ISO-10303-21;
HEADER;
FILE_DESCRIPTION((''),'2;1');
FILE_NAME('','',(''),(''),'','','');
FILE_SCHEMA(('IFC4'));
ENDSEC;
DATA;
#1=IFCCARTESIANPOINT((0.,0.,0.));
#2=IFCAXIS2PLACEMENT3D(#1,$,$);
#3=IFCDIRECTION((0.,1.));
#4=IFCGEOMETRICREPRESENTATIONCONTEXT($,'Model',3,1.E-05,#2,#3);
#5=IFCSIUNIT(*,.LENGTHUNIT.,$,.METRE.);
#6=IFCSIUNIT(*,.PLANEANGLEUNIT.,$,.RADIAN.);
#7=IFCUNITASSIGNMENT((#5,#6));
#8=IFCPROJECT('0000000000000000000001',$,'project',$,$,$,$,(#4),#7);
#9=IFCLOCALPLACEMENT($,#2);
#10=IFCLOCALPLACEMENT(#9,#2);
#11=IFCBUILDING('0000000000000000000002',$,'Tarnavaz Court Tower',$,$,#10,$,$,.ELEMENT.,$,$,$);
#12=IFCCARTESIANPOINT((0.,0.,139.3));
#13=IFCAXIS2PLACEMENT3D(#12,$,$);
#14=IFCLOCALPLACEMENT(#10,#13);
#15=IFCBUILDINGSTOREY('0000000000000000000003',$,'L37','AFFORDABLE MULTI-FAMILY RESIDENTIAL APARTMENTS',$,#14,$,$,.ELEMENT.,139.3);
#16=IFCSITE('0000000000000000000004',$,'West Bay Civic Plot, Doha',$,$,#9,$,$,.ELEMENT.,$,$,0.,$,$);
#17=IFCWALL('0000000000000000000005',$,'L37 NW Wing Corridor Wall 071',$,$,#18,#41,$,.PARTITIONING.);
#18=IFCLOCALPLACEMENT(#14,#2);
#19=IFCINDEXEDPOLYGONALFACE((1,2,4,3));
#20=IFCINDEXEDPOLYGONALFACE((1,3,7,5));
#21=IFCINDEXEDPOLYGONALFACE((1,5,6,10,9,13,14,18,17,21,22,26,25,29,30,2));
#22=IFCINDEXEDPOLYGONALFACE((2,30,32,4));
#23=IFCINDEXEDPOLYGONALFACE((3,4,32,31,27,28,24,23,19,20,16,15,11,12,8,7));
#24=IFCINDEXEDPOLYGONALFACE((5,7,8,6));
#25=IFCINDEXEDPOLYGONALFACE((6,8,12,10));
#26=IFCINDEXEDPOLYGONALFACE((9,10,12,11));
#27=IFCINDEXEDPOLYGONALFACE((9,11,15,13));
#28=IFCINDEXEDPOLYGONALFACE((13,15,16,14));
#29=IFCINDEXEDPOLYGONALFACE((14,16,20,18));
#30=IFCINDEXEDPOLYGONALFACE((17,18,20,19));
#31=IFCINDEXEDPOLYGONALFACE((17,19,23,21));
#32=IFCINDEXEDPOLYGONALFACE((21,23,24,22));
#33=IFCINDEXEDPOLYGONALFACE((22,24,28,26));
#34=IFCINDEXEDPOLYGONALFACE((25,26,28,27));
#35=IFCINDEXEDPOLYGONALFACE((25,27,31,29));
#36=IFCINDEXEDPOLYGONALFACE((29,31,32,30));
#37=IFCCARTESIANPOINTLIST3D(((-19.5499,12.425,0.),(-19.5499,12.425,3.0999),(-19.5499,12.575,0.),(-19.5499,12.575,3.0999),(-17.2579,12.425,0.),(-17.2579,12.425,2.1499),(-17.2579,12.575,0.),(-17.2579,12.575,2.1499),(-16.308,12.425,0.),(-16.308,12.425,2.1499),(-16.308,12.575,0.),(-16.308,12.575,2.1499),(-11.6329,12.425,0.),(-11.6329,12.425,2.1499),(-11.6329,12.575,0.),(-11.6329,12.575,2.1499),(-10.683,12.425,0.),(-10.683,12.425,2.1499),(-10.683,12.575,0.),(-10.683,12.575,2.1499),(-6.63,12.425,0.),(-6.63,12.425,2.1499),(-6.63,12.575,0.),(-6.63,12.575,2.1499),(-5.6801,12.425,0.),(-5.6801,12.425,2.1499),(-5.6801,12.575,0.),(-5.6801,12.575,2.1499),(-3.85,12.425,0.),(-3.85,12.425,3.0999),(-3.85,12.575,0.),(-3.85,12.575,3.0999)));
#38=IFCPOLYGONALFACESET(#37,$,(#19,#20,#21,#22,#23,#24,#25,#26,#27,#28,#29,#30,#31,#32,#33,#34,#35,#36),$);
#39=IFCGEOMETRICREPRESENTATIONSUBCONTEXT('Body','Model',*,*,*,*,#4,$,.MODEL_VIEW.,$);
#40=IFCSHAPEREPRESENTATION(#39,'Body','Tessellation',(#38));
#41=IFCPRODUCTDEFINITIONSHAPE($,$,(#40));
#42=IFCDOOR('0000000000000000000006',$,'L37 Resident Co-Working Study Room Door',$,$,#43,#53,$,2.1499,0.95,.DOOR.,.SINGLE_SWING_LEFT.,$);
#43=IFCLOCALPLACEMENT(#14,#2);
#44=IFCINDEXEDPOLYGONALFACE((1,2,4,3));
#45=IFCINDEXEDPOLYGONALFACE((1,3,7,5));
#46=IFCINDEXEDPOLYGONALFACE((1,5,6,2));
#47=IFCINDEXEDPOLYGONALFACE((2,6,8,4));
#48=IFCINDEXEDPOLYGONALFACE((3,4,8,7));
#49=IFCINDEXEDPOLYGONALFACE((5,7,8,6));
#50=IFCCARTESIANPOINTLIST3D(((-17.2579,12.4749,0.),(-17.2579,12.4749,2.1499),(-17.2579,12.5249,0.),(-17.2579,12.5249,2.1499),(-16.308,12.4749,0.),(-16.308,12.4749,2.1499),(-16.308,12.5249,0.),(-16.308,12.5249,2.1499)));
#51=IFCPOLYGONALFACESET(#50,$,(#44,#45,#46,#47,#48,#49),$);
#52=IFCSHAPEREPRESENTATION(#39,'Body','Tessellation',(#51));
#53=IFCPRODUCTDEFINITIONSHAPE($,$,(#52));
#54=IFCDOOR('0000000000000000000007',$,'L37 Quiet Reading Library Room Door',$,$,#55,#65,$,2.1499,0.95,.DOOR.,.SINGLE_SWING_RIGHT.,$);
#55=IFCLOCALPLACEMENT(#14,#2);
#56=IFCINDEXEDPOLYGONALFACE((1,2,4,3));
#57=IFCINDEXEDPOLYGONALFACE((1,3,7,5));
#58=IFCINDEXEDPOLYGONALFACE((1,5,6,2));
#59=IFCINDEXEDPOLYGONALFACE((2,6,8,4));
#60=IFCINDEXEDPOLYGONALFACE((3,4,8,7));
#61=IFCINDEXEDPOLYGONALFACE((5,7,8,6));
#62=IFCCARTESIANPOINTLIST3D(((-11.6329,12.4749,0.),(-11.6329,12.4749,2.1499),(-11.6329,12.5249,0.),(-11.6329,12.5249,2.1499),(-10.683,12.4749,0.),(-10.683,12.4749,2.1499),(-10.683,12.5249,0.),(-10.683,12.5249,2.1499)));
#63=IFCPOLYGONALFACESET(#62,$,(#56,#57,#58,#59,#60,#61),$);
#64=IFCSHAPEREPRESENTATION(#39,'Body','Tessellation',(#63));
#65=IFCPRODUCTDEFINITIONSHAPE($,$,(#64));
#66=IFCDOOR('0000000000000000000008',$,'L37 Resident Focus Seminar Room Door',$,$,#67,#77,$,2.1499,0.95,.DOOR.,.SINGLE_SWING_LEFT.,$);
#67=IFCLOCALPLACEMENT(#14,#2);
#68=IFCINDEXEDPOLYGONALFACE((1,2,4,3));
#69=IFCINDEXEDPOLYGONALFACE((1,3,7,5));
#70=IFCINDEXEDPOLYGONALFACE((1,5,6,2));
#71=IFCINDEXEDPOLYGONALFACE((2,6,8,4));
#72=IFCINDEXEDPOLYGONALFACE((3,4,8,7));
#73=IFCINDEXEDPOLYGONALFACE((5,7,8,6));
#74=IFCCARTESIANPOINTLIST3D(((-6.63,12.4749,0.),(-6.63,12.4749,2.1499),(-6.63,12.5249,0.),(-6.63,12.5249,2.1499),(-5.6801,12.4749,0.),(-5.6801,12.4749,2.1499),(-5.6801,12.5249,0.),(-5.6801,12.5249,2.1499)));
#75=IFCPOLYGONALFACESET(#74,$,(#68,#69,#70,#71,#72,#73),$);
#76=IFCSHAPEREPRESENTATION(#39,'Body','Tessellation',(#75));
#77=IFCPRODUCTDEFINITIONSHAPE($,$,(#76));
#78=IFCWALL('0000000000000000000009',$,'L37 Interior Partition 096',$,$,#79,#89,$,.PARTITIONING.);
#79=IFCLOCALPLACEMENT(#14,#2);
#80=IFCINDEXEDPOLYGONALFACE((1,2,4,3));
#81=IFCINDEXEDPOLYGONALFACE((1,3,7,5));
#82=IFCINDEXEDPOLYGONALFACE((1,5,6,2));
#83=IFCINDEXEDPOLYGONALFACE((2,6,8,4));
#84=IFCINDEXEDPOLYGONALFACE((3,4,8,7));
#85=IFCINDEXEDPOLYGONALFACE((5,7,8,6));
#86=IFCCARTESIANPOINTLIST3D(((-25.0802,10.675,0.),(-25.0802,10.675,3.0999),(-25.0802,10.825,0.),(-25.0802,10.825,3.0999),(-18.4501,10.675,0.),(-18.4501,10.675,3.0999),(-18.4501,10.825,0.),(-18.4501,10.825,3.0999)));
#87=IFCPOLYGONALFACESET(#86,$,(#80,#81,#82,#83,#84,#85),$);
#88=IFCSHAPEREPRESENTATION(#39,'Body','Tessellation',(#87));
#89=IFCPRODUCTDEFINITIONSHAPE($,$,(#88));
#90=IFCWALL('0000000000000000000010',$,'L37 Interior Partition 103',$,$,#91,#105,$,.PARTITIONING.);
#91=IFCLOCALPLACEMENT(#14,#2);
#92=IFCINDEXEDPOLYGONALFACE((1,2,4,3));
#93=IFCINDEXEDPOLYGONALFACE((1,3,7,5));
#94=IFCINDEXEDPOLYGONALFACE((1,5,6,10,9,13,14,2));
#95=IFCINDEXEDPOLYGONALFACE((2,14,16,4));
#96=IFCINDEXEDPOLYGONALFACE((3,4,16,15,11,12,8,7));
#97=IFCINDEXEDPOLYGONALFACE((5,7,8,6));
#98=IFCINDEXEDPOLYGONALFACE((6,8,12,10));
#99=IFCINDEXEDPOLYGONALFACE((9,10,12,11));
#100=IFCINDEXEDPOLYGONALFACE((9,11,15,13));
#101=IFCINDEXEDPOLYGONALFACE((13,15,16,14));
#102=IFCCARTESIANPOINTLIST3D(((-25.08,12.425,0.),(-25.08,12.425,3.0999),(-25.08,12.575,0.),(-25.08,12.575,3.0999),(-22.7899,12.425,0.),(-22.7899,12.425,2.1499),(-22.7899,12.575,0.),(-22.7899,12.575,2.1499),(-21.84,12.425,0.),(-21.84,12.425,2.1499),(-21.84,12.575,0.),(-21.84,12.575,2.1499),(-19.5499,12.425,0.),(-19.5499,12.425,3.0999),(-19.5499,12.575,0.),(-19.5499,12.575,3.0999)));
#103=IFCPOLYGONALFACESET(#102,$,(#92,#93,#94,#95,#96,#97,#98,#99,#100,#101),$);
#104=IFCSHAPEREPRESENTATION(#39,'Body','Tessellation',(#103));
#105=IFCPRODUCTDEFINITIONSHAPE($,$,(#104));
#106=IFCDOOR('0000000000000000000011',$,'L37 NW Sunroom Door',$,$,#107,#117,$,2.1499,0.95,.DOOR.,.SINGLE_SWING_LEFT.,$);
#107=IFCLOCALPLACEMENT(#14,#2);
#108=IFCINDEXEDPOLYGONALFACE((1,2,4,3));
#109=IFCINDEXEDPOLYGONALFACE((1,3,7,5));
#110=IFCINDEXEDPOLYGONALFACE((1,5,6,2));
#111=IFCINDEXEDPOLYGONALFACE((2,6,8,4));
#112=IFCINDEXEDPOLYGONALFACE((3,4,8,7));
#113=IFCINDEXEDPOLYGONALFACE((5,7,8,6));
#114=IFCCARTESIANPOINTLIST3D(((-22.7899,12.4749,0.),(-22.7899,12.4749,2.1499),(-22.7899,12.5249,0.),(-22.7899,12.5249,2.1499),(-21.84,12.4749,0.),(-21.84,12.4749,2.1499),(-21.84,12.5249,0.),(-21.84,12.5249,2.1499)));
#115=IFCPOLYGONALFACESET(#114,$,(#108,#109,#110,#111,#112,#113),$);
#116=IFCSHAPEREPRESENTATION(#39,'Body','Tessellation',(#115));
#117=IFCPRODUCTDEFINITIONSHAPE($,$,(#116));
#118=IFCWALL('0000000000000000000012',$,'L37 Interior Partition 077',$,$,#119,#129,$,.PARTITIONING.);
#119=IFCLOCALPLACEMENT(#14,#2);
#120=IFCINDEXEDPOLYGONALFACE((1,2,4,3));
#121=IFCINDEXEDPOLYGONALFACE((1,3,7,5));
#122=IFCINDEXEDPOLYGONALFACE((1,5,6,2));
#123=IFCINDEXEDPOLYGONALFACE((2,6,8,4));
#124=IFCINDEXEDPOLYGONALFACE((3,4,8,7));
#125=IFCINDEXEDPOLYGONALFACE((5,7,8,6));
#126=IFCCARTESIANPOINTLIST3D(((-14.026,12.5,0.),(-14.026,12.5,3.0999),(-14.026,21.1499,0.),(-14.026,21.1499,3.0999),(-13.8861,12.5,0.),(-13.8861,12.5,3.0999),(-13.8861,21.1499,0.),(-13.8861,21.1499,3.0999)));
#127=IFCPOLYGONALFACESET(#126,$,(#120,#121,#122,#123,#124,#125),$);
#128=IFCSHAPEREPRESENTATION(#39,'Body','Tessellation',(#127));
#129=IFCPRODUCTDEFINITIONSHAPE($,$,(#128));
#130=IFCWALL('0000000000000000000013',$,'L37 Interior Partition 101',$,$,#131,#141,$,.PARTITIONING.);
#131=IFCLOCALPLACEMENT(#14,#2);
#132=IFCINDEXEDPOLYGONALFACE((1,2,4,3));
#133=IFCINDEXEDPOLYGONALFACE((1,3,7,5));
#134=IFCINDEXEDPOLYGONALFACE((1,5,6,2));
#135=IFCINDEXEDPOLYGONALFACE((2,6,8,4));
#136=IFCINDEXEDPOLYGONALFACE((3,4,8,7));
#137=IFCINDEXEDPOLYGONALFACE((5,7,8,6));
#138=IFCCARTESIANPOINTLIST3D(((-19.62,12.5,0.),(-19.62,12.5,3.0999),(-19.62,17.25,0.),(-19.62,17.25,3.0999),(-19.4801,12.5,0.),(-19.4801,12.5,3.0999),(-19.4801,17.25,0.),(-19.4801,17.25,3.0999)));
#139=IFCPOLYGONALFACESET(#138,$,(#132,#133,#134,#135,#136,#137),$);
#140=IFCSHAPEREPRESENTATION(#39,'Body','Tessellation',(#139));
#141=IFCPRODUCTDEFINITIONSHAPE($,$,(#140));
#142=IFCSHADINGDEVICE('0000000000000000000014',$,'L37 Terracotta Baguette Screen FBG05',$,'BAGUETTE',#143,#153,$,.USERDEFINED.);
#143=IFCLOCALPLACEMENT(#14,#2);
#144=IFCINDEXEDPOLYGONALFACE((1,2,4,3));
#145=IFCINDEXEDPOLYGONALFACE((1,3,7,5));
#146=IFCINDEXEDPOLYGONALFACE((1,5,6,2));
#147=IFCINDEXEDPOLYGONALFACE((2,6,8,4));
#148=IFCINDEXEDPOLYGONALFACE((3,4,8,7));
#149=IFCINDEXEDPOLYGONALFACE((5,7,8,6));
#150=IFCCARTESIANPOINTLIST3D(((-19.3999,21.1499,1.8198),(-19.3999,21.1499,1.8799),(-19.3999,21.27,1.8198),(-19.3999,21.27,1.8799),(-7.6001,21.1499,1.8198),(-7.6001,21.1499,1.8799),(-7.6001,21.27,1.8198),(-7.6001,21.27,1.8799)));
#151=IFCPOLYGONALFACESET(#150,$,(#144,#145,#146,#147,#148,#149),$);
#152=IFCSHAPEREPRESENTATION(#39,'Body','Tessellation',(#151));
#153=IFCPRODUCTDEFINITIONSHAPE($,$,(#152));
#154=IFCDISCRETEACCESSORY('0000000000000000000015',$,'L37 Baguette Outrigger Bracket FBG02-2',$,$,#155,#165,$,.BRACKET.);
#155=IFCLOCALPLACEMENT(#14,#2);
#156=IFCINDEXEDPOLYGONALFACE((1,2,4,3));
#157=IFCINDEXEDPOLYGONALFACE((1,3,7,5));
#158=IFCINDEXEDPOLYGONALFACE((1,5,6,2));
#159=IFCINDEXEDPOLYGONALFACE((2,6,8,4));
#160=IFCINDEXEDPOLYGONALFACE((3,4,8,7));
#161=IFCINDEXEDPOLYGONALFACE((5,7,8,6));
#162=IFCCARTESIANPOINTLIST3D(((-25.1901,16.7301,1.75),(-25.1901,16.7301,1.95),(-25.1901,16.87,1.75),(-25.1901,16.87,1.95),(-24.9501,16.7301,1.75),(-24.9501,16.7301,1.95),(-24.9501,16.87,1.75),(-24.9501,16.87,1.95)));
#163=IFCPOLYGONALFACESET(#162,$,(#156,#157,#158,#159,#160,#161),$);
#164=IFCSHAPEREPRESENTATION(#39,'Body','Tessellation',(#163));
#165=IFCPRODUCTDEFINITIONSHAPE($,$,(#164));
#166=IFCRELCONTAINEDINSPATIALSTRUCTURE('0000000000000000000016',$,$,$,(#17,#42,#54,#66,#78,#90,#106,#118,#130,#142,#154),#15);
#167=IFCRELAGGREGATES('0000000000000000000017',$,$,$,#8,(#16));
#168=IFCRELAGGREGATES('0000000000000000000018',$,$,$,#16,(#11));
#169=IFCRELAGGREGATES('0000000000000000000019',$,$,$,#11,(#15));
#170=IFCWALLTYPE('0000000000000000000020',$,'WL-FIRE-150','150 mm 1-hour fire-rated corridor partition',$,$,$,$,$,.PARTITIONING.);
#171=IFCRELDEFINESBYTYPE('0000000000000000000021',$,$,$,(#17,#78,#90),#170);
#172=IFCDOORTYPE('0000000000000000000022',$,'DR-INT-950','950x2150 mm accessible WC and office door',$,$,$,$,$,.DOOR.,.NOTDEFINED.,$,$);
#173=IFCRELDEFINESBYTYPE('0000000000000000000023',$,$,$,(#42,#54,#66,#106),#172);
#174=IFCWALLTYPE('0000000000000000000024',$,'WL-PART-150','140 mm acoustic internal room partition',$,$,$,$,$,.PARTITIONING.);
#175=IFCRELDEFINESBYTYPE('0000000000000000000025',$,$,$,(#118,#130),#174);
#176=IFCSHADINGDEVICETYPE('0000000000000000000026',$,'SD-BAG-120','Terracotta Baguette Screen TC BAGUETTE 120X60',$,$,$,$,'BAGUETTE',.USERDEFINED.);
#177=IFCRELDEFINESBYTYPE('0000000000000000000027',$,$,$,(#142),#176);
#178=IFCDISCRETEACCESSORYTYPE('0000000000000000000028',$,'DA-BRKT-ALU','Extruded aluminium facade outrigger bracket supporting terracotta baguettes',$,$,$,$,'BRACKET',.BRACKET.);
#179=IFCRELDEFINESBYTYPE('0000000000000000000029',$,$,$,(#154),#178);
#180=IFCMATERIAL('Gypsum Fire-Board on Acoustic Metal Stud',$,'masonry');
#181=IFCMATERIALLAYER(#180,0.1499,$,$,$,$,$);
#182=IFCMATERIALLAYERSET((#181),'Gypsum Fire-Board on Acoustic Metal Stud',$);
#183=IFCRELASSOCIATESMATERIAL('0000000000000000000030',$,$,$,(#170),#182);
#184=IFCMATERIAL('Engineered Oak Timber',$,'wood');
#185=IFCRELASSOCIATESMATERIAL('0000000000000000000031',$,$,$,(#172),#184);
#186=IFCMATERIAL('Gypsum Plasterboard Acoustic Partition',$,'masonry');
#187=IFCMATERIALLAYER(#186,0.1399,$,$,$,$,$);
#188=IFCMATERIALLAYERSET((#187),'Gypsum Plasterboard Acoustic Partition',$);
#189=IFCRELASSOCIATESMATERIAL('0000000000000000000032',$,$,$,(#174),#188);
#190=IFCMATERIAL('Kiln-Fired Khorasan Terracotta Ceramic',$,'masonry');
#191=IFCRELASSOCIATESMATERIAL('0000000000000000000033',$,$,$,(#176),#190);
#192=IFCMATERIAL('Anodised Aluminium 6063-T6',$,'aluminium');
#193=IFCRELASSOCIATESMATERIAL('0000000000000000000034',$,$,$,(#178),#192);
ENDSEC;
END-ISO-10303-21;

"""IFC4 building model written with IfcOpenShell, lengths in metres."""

from ifc_helpers import new_model, si_unit, direction, frame, frame_2d, origin, origin_2d, place, context, subcontext, project, spatial, rectangle, extrude, material, layer, layer_set, material_profile, profile_set, type_object, element, fill, save


model = new_model("IFC4")

# Units and contexts
model_context = context("Model", 3, precision=1e-05, world=origin(), true_north=direction((0.0, 1.0)))
body_context = subcontext(model_context, "Body", "Model", "MODEL_VIEW")
ifc_project = project(units=[si_unit("LENGTHUNIT", "METRE"), si_unit("PLANEANGLEUNIT", "RADIAN")], contexts=[model_context])

# Site, building, storey
site_placement = place(None, origin())
site = spatial("IfcSite", under=ifc_project, at=site_placement, Name="West Bay Civic Plot, Doha", CompositionType="ELEMENT", RefElevation=0.0)
building_placement = place(site_placement, origin())
building = spatial("IfcBuilding", under=site, at=building_placement, Name="Tarnavaz Court Tower", CompositionType="ELEMENT")
storey_placement = place(building_placement, frame((0.0, 0.0, 139.3)))
storey = spatial("IfcBuildingStorey", under=building, at=storey_placement, Name="L37", Description="AFFORDABLE MULTI-FAMILY RESIDENTIAL APARTMENTS", CompositionType="ELEMENT", Elevation=139.3)

# Wall, openings, doors
ifc_material_1 = material(Name="Gypsum Fire-Board on Acoustic Metal Stud", Category="masonry")
ifc_layer_1 = layer(ifc_material_1, 0.1499)
ifc_layer_set_1 = layer_set([ifc_layer_1], Name="Gypsum Fire-Board on Acoustic Metal Stud")
wall_type_1 = type_object("IfcWallType", Name="WL-FIRE-150", Description="150 mm 1-hour fire-rated corridor partition", PredefinedType="PARTITIONING", material=ifc_layer_set_1)
wall_1_placement = place(storey_placement, frame((-19.55, 12.5, 0.0), z_axis=(0.0, 0.0, 1.0), x_axis=(1.0, 0.0, 0.0)))
wall_1 = element("IfcWall", 1, at=wall_1_placement, inside=storey, type_object=wall_type_1, Name="L37 NW Wing Corridor Wall 071", PredefinedType="PARTITIONING", context=body_context, shape_type="SweptSolid", body=[
    extrude(rectangle(XDim=15.7, YDim=0.1499, at=frame_2d((7.8501, 0.0))), origin(), (0.0, 0.0, 1.0), 3.0999),
])
opening_1_placement = place(wall_1_placement, frame((2.292, 0.0, 0.0)))
opening_1 = element("IfcOpeningElement", 2, at=opening_1_placement, cuts=wall_1, PredefinedType="OPENING", context=body_context, shape_type="SweptSolid", body=[
    extrude(rectangle(XDim=0.95, YDim=2.1499, at=frame_2d((0.4751, 1.075))), frame((0.0, 0.085, 0.0), z_axis=(0.0, -1.0, 0.0), x_axis=(1.0, 0.0, 0.0)), (0.0, 0.0, 1.0), 0.1699),
])
opening_2_placement = place(wall_1_placement, frame((7.917, 0.0, 0.0)))
opening_2 = element("IfcOpeningElement", 3, at=opening_2_placement, cuts=wall_1, PredefinedType="OPENING", context=body_context, shape_type="SweptSolid", body=[
    extrude(rectangle(XDim=0.95, YDim=2.1499, at=frame_2d((0.4751, 1.075))), frame((0.0, 0.085, 0.0), z_axis=(0.0, -1.0, 0.0), x_axis=(1.0, 0.0, 0.0)), (0.0, 0.0, 1.0), 0.1699),
])
opening_3_placement = place(wall_1_placement, frame((12.9199, 0.0, 0.0)))
opening_3 = element("IfcOpeningElement", 4, at=opening_3_placement, cuts=wall_1, PredefinedType="OPENING", context=body_context, shape_type="SweptSolid", body=[
    extrude(rectangle(XDim=0.95, YDim=2.1499, at=frame_2d((0.4751, 1.075))), frame((0.0, 0.085, 0.0), z_axis=(0.0, -1.0, 0.0), x_axis=(1.0, 0.0, 0.0)), (0.0, 0.0, 1.0), 0.1699),
])
ifc_material_2 = material(Name="Engineered Oak Timber", Category="wood")
door_type = type_object("IfcDoorType", Name="DR-INT-950", Description="950x2150 mm accessible WC and office door", OperationType="NOTDEFINED", PredefinedType="DOOR", material=ifc_material_2)
door_1_placement = place(opening_1_placement, origin())
door_1 = element("IfcDoor", 5, at=door_1_placement, inside=storey, type_object=door_type, Name="L37 Resident Co-Working Study Room Door", OperationType="SINGLE_SWING_LEFT", OverallHeight=2.1499, OverallWidth=0.95, PredefinedType="DOOR", context=body_context, shape_type="SweptSolid", body=[
    extrude(rectangle(XDim=0.95, YDim=2.1499, at=frame_2d((0.4751, 1.075))), frame((0.0, 0.0249, 0.0), z_axis=(0.0, -1.0, 0.0), x_axis=(1.0, 0.0, 0.0)), (0.0, 0.0, 1.0), 0.05),
])
fill(opening_1, door_1)
door_2_placement = place(opening_2_placement, origin())
door_2 = element("IfcDoor", 6, at=door_2_placement, inside=storey, type_object=door_type, Name="L37 Quiet Reading Library Room Door", OperationType="SINGLE_SWING_RIGHT", OverallHeight=2.1499, OverallWidth=0.95, PredefinedType="DOOR", context=body_context, shape_type="SweptSolid", body=[
    extrude(rectangle(XDim=0.95, YDim=2.1499, at=frame_2d((0.4751, 1.075))), frame((0.0, 0.0249, 0.0), z_axis=(0.0, -1.0, 0.0), x_axis=(1.0, 0.0, 0.0)), (0.0, 0.0, 1.0), 0.05),
])
fill(opening_2, door_2)
door_3_placement = place(opening_3_placement, origin())
door_3 = element("IfcDoor", 7, at=door_3_placement, inside=storey, type_object=door_type, Name="L37 Resident Focus Seminar Room Door", OperationType="SINGLE_SWING_LEFT", OverallHeight=2.1499, OverallWidth=0.95, PredefinedType="DOOR", context=body_context, shape_type="SweptSolid", body=[
    extrude(rectangle(XDim=0.95, YDim=2.1499, at=frame_2d((0.4751, 1.075))), frame((0.0, 0.0249, 0.0), z_axis=(0.0, -1.0, 0.0), x_axis=(1.0, 0.0, 0.0)), (0.0, 0.0, 1.0), 0.05),
])
fill(opening_3, door_3)

# Wall
wall_2_placement = place(storey_placement, frame((-25.0801, 10.75, 0.0), z_axis=(0.0, 0.0, 1.0), x_axis=(1.0, 0.0, 0.0)))
element("IfcWall", 8, at=wall_2_placement, inside=storey, type_object=wall_type_1, Name="L37 Interior Partition 096", PredefinedType="PARTITIONING", context=body_context, shape_type="SweptSolid", body=[
    extrude(rectangle(XDim=6.6301, YDim=0.1499, at=frame_2d((3.3149, 0.0))), origin(), (0.0, 0.0, 1.0), 3.0999),
])

# Wall, opening, door
wall_3_placement = place(storey_placement, frame((-25.0801, 12.5, 0.0), z_axis=(0.0, 0.0, 1.0), x_axis=(1.0, 0.0, 0.0)))
wall_3 = element("IfcWall", 9, at=wall_3_placement, inside=storey, type_object=wall_type_1, Name="L37 Interior Partition 103", PredefinedType="PARTITIONING", context=body_context, shape_type="SweptSolid", body=[
    extrude(rectangle(XDim=5.53, YDim=0.1499, at=frame_2d((2.7651, 0.0))), origin(), (0.0, 0.0, 1.0), 3.0999),
])
opening_4_placement = place(wall_3_placement, frame((2.29, 0.0, 0.0)))
opening_4 = element("IfcOpeningElement", 10, at=opening_4_placement, cuts=wall_3, PredefinedType="OPENING", context=body_context, shape_type="SweptSolid", body=[
    extrude(rectangle(XDim=0.95, YDim=2.1499, at=frame_2d((0.4751, 1.075))), frame((0.0, 0.085, 0.0), z_axis=(0.0, -1.0, 0.0), x_axis=(1.0, 0.0, 0.0)), (0.0, 0.0, 1.0), 0.1699),
])
door_4_placement = place(opening_4_placement, origin())
door_4 = element("IfcDoor", 11, at=door_4_placement, inside=storey, type_object=door_type, Name="L37 NW Sunroom Door", OperationType="SINGLE_SWING_LEFT", OverallHeight=2.1499, OverallWidth=0.95, PredefinedType="DOOR", context=body_context, shape_type="SweptSolid", body=[
    extrude(rectangle(XDim=0.95, YDim=2.1499, at=frame_2d((0.4751, 1.075))), frame((0.0, 0.0249, 0.0), z_axis=(0.0, -1.0, 0.0), x_axis=(1.0, 0.0, 0.0)), (0.0, 0.0, 1.0), 0.05),
])
fill(opening_4, door_4)

# Walls
ifc_material_3 = material(Name="Gypsum Plasterboard Acoustic Partition", Category="masonry")
ifc_layer_2 = layer(ifc_material_3, 0.1399)
ifc_layer_set_2 = layer_set([ifc_layer_2], Name="Gypsum Plasterboard Acoustic Partition")
wall_type_2 = type_object("IfcWallType", Name="WL-PART-150", Description="140 mm acoustic internal room partition", PredefinedType="PARTITIONING", material=ifc_layer_set_2)
wall_4_placement = place(storey_placement, frame((-13.9561, 12.5, 0.0), z_axis=(0.0, 0.0, 1.0), x_axis=(0.0, 1.0, 0.0)))
element("IfcWall", 12, at=wall_4_placement, inside=storey, type_object=wall_type_2, Name="L37 Interior Partition 077", PredefinedType="PARTITIONING", context=body_context, shape_type="SweptSolid", body=[
    extrude(rectangle(XDim=8.6499, YDim=0.1399, at=frame_2d((4.325, 0.0))), origin(), (0.0, 0.0, 1.0), 3.0999),
])
wall_5_placement = place(storey_placement, frame((-19.55, 12.5, 0.0), z_axis=(0.0, 0.0, 1.0), x_axis=(0.0, 1.0, 0.0)))
element("IfcWall", 13, at=wall_5_placement, inside=storey, type_object=wall_type_2, Name="L37 Interior Partition 101", PredefinedType="PARTITIONING", context=body_context, shape_type="SweptSolid", body=[
    extrude(rectangle(XDim=4.75, YDim=0.1399, at=frame_2d((2.375, 0.0))), origin(), (0.0, 0.0, 1.0), 3.0999),
])

# Shading device
ifc_material_4 = material(Name="Kiln-Fired Khorasan Terracotta Ceramic", Category="masonry")
ifc_material_profile_1 = material_profile(ifc_material_4, rectangle(XDim=0.1201, YDim=0.0601, at=origin_2d()), Name="TC BAGUETTE 120X60")
ifc_profile_set_1 = profile_set([ifc_material_profile_1], Name="Kiln-Fired Khorasan Terracotta Ceramic")
shading_device_type = type_object("IfcShadingDeviceType", Name="SD-BAG-120", Description="Terracotta Baguette Screen TC BAGUETTE 120X60", ElementType="BAGUETTE", PredefinedType="USERDEFINED", material=ifc_profile_set_1)
shading_device_placement = place(storey_placement, frame((-19.3999, 21.21, 1.8499), z_axis=(1.0, 0.0, 0.0), x_axis=(0.0, 1.0, 0.0)))
element("IfcShadingDevice", 14, at=shading_device_placement, inside=storey, type_object=shading_device_type, Name="L37 Terracotta Baguette Screen FBG05", ObjectType="BAGUETTE", PredefinedType="USERDEFINED", context=body_context, shape_type="SweptSolid", body=[
    extrude(rectangle(XDim=0.1201, YDim=0.0601, at=origin_2d()), origin(), (0.0, 0.0, 1.0), 11.7998),
])

# Discrete accessory
ifc_material_5 = material(Name="Anodised Aluminium 6063-T6", Category="aluminium")
discrete_accessory_type = type_object("IfcDiscreteAccessoryType", Name="DA-BRKT-ALU", Description="Extruded aluminium facade outrigger bracket supporting terracotta baguettes", ElementType="BRACKET", PredefinedType="BRACKET", material=ifc_material_5)
for number, where, z_axis, x_axis, name in (
    (15, (-25.0701, 16.8, 1.75), (0.0, 0.0, 1.0), (0.0, 1.0, 0.0), "L37 Baguette Outrigger Bracket FBG02-2"),
):
    element("IfcDiscreteAccessory", number, at=place(storey_placement, frame(where, z_axis=z_axis, x_axis=x_axis)), inside=storey, type_object=discrete_accessory_type, Name=name, PredefinedType="BRACKET", context=body_context, shape_type="SweptSolid", body=[
        extrude(rectangle(XDim=0.1399, YDim=0.24, at=origin_2d()), origin(), (0.0, 0.0, 1.0), 0.2),
    ])

save(model, "model.ifc")
